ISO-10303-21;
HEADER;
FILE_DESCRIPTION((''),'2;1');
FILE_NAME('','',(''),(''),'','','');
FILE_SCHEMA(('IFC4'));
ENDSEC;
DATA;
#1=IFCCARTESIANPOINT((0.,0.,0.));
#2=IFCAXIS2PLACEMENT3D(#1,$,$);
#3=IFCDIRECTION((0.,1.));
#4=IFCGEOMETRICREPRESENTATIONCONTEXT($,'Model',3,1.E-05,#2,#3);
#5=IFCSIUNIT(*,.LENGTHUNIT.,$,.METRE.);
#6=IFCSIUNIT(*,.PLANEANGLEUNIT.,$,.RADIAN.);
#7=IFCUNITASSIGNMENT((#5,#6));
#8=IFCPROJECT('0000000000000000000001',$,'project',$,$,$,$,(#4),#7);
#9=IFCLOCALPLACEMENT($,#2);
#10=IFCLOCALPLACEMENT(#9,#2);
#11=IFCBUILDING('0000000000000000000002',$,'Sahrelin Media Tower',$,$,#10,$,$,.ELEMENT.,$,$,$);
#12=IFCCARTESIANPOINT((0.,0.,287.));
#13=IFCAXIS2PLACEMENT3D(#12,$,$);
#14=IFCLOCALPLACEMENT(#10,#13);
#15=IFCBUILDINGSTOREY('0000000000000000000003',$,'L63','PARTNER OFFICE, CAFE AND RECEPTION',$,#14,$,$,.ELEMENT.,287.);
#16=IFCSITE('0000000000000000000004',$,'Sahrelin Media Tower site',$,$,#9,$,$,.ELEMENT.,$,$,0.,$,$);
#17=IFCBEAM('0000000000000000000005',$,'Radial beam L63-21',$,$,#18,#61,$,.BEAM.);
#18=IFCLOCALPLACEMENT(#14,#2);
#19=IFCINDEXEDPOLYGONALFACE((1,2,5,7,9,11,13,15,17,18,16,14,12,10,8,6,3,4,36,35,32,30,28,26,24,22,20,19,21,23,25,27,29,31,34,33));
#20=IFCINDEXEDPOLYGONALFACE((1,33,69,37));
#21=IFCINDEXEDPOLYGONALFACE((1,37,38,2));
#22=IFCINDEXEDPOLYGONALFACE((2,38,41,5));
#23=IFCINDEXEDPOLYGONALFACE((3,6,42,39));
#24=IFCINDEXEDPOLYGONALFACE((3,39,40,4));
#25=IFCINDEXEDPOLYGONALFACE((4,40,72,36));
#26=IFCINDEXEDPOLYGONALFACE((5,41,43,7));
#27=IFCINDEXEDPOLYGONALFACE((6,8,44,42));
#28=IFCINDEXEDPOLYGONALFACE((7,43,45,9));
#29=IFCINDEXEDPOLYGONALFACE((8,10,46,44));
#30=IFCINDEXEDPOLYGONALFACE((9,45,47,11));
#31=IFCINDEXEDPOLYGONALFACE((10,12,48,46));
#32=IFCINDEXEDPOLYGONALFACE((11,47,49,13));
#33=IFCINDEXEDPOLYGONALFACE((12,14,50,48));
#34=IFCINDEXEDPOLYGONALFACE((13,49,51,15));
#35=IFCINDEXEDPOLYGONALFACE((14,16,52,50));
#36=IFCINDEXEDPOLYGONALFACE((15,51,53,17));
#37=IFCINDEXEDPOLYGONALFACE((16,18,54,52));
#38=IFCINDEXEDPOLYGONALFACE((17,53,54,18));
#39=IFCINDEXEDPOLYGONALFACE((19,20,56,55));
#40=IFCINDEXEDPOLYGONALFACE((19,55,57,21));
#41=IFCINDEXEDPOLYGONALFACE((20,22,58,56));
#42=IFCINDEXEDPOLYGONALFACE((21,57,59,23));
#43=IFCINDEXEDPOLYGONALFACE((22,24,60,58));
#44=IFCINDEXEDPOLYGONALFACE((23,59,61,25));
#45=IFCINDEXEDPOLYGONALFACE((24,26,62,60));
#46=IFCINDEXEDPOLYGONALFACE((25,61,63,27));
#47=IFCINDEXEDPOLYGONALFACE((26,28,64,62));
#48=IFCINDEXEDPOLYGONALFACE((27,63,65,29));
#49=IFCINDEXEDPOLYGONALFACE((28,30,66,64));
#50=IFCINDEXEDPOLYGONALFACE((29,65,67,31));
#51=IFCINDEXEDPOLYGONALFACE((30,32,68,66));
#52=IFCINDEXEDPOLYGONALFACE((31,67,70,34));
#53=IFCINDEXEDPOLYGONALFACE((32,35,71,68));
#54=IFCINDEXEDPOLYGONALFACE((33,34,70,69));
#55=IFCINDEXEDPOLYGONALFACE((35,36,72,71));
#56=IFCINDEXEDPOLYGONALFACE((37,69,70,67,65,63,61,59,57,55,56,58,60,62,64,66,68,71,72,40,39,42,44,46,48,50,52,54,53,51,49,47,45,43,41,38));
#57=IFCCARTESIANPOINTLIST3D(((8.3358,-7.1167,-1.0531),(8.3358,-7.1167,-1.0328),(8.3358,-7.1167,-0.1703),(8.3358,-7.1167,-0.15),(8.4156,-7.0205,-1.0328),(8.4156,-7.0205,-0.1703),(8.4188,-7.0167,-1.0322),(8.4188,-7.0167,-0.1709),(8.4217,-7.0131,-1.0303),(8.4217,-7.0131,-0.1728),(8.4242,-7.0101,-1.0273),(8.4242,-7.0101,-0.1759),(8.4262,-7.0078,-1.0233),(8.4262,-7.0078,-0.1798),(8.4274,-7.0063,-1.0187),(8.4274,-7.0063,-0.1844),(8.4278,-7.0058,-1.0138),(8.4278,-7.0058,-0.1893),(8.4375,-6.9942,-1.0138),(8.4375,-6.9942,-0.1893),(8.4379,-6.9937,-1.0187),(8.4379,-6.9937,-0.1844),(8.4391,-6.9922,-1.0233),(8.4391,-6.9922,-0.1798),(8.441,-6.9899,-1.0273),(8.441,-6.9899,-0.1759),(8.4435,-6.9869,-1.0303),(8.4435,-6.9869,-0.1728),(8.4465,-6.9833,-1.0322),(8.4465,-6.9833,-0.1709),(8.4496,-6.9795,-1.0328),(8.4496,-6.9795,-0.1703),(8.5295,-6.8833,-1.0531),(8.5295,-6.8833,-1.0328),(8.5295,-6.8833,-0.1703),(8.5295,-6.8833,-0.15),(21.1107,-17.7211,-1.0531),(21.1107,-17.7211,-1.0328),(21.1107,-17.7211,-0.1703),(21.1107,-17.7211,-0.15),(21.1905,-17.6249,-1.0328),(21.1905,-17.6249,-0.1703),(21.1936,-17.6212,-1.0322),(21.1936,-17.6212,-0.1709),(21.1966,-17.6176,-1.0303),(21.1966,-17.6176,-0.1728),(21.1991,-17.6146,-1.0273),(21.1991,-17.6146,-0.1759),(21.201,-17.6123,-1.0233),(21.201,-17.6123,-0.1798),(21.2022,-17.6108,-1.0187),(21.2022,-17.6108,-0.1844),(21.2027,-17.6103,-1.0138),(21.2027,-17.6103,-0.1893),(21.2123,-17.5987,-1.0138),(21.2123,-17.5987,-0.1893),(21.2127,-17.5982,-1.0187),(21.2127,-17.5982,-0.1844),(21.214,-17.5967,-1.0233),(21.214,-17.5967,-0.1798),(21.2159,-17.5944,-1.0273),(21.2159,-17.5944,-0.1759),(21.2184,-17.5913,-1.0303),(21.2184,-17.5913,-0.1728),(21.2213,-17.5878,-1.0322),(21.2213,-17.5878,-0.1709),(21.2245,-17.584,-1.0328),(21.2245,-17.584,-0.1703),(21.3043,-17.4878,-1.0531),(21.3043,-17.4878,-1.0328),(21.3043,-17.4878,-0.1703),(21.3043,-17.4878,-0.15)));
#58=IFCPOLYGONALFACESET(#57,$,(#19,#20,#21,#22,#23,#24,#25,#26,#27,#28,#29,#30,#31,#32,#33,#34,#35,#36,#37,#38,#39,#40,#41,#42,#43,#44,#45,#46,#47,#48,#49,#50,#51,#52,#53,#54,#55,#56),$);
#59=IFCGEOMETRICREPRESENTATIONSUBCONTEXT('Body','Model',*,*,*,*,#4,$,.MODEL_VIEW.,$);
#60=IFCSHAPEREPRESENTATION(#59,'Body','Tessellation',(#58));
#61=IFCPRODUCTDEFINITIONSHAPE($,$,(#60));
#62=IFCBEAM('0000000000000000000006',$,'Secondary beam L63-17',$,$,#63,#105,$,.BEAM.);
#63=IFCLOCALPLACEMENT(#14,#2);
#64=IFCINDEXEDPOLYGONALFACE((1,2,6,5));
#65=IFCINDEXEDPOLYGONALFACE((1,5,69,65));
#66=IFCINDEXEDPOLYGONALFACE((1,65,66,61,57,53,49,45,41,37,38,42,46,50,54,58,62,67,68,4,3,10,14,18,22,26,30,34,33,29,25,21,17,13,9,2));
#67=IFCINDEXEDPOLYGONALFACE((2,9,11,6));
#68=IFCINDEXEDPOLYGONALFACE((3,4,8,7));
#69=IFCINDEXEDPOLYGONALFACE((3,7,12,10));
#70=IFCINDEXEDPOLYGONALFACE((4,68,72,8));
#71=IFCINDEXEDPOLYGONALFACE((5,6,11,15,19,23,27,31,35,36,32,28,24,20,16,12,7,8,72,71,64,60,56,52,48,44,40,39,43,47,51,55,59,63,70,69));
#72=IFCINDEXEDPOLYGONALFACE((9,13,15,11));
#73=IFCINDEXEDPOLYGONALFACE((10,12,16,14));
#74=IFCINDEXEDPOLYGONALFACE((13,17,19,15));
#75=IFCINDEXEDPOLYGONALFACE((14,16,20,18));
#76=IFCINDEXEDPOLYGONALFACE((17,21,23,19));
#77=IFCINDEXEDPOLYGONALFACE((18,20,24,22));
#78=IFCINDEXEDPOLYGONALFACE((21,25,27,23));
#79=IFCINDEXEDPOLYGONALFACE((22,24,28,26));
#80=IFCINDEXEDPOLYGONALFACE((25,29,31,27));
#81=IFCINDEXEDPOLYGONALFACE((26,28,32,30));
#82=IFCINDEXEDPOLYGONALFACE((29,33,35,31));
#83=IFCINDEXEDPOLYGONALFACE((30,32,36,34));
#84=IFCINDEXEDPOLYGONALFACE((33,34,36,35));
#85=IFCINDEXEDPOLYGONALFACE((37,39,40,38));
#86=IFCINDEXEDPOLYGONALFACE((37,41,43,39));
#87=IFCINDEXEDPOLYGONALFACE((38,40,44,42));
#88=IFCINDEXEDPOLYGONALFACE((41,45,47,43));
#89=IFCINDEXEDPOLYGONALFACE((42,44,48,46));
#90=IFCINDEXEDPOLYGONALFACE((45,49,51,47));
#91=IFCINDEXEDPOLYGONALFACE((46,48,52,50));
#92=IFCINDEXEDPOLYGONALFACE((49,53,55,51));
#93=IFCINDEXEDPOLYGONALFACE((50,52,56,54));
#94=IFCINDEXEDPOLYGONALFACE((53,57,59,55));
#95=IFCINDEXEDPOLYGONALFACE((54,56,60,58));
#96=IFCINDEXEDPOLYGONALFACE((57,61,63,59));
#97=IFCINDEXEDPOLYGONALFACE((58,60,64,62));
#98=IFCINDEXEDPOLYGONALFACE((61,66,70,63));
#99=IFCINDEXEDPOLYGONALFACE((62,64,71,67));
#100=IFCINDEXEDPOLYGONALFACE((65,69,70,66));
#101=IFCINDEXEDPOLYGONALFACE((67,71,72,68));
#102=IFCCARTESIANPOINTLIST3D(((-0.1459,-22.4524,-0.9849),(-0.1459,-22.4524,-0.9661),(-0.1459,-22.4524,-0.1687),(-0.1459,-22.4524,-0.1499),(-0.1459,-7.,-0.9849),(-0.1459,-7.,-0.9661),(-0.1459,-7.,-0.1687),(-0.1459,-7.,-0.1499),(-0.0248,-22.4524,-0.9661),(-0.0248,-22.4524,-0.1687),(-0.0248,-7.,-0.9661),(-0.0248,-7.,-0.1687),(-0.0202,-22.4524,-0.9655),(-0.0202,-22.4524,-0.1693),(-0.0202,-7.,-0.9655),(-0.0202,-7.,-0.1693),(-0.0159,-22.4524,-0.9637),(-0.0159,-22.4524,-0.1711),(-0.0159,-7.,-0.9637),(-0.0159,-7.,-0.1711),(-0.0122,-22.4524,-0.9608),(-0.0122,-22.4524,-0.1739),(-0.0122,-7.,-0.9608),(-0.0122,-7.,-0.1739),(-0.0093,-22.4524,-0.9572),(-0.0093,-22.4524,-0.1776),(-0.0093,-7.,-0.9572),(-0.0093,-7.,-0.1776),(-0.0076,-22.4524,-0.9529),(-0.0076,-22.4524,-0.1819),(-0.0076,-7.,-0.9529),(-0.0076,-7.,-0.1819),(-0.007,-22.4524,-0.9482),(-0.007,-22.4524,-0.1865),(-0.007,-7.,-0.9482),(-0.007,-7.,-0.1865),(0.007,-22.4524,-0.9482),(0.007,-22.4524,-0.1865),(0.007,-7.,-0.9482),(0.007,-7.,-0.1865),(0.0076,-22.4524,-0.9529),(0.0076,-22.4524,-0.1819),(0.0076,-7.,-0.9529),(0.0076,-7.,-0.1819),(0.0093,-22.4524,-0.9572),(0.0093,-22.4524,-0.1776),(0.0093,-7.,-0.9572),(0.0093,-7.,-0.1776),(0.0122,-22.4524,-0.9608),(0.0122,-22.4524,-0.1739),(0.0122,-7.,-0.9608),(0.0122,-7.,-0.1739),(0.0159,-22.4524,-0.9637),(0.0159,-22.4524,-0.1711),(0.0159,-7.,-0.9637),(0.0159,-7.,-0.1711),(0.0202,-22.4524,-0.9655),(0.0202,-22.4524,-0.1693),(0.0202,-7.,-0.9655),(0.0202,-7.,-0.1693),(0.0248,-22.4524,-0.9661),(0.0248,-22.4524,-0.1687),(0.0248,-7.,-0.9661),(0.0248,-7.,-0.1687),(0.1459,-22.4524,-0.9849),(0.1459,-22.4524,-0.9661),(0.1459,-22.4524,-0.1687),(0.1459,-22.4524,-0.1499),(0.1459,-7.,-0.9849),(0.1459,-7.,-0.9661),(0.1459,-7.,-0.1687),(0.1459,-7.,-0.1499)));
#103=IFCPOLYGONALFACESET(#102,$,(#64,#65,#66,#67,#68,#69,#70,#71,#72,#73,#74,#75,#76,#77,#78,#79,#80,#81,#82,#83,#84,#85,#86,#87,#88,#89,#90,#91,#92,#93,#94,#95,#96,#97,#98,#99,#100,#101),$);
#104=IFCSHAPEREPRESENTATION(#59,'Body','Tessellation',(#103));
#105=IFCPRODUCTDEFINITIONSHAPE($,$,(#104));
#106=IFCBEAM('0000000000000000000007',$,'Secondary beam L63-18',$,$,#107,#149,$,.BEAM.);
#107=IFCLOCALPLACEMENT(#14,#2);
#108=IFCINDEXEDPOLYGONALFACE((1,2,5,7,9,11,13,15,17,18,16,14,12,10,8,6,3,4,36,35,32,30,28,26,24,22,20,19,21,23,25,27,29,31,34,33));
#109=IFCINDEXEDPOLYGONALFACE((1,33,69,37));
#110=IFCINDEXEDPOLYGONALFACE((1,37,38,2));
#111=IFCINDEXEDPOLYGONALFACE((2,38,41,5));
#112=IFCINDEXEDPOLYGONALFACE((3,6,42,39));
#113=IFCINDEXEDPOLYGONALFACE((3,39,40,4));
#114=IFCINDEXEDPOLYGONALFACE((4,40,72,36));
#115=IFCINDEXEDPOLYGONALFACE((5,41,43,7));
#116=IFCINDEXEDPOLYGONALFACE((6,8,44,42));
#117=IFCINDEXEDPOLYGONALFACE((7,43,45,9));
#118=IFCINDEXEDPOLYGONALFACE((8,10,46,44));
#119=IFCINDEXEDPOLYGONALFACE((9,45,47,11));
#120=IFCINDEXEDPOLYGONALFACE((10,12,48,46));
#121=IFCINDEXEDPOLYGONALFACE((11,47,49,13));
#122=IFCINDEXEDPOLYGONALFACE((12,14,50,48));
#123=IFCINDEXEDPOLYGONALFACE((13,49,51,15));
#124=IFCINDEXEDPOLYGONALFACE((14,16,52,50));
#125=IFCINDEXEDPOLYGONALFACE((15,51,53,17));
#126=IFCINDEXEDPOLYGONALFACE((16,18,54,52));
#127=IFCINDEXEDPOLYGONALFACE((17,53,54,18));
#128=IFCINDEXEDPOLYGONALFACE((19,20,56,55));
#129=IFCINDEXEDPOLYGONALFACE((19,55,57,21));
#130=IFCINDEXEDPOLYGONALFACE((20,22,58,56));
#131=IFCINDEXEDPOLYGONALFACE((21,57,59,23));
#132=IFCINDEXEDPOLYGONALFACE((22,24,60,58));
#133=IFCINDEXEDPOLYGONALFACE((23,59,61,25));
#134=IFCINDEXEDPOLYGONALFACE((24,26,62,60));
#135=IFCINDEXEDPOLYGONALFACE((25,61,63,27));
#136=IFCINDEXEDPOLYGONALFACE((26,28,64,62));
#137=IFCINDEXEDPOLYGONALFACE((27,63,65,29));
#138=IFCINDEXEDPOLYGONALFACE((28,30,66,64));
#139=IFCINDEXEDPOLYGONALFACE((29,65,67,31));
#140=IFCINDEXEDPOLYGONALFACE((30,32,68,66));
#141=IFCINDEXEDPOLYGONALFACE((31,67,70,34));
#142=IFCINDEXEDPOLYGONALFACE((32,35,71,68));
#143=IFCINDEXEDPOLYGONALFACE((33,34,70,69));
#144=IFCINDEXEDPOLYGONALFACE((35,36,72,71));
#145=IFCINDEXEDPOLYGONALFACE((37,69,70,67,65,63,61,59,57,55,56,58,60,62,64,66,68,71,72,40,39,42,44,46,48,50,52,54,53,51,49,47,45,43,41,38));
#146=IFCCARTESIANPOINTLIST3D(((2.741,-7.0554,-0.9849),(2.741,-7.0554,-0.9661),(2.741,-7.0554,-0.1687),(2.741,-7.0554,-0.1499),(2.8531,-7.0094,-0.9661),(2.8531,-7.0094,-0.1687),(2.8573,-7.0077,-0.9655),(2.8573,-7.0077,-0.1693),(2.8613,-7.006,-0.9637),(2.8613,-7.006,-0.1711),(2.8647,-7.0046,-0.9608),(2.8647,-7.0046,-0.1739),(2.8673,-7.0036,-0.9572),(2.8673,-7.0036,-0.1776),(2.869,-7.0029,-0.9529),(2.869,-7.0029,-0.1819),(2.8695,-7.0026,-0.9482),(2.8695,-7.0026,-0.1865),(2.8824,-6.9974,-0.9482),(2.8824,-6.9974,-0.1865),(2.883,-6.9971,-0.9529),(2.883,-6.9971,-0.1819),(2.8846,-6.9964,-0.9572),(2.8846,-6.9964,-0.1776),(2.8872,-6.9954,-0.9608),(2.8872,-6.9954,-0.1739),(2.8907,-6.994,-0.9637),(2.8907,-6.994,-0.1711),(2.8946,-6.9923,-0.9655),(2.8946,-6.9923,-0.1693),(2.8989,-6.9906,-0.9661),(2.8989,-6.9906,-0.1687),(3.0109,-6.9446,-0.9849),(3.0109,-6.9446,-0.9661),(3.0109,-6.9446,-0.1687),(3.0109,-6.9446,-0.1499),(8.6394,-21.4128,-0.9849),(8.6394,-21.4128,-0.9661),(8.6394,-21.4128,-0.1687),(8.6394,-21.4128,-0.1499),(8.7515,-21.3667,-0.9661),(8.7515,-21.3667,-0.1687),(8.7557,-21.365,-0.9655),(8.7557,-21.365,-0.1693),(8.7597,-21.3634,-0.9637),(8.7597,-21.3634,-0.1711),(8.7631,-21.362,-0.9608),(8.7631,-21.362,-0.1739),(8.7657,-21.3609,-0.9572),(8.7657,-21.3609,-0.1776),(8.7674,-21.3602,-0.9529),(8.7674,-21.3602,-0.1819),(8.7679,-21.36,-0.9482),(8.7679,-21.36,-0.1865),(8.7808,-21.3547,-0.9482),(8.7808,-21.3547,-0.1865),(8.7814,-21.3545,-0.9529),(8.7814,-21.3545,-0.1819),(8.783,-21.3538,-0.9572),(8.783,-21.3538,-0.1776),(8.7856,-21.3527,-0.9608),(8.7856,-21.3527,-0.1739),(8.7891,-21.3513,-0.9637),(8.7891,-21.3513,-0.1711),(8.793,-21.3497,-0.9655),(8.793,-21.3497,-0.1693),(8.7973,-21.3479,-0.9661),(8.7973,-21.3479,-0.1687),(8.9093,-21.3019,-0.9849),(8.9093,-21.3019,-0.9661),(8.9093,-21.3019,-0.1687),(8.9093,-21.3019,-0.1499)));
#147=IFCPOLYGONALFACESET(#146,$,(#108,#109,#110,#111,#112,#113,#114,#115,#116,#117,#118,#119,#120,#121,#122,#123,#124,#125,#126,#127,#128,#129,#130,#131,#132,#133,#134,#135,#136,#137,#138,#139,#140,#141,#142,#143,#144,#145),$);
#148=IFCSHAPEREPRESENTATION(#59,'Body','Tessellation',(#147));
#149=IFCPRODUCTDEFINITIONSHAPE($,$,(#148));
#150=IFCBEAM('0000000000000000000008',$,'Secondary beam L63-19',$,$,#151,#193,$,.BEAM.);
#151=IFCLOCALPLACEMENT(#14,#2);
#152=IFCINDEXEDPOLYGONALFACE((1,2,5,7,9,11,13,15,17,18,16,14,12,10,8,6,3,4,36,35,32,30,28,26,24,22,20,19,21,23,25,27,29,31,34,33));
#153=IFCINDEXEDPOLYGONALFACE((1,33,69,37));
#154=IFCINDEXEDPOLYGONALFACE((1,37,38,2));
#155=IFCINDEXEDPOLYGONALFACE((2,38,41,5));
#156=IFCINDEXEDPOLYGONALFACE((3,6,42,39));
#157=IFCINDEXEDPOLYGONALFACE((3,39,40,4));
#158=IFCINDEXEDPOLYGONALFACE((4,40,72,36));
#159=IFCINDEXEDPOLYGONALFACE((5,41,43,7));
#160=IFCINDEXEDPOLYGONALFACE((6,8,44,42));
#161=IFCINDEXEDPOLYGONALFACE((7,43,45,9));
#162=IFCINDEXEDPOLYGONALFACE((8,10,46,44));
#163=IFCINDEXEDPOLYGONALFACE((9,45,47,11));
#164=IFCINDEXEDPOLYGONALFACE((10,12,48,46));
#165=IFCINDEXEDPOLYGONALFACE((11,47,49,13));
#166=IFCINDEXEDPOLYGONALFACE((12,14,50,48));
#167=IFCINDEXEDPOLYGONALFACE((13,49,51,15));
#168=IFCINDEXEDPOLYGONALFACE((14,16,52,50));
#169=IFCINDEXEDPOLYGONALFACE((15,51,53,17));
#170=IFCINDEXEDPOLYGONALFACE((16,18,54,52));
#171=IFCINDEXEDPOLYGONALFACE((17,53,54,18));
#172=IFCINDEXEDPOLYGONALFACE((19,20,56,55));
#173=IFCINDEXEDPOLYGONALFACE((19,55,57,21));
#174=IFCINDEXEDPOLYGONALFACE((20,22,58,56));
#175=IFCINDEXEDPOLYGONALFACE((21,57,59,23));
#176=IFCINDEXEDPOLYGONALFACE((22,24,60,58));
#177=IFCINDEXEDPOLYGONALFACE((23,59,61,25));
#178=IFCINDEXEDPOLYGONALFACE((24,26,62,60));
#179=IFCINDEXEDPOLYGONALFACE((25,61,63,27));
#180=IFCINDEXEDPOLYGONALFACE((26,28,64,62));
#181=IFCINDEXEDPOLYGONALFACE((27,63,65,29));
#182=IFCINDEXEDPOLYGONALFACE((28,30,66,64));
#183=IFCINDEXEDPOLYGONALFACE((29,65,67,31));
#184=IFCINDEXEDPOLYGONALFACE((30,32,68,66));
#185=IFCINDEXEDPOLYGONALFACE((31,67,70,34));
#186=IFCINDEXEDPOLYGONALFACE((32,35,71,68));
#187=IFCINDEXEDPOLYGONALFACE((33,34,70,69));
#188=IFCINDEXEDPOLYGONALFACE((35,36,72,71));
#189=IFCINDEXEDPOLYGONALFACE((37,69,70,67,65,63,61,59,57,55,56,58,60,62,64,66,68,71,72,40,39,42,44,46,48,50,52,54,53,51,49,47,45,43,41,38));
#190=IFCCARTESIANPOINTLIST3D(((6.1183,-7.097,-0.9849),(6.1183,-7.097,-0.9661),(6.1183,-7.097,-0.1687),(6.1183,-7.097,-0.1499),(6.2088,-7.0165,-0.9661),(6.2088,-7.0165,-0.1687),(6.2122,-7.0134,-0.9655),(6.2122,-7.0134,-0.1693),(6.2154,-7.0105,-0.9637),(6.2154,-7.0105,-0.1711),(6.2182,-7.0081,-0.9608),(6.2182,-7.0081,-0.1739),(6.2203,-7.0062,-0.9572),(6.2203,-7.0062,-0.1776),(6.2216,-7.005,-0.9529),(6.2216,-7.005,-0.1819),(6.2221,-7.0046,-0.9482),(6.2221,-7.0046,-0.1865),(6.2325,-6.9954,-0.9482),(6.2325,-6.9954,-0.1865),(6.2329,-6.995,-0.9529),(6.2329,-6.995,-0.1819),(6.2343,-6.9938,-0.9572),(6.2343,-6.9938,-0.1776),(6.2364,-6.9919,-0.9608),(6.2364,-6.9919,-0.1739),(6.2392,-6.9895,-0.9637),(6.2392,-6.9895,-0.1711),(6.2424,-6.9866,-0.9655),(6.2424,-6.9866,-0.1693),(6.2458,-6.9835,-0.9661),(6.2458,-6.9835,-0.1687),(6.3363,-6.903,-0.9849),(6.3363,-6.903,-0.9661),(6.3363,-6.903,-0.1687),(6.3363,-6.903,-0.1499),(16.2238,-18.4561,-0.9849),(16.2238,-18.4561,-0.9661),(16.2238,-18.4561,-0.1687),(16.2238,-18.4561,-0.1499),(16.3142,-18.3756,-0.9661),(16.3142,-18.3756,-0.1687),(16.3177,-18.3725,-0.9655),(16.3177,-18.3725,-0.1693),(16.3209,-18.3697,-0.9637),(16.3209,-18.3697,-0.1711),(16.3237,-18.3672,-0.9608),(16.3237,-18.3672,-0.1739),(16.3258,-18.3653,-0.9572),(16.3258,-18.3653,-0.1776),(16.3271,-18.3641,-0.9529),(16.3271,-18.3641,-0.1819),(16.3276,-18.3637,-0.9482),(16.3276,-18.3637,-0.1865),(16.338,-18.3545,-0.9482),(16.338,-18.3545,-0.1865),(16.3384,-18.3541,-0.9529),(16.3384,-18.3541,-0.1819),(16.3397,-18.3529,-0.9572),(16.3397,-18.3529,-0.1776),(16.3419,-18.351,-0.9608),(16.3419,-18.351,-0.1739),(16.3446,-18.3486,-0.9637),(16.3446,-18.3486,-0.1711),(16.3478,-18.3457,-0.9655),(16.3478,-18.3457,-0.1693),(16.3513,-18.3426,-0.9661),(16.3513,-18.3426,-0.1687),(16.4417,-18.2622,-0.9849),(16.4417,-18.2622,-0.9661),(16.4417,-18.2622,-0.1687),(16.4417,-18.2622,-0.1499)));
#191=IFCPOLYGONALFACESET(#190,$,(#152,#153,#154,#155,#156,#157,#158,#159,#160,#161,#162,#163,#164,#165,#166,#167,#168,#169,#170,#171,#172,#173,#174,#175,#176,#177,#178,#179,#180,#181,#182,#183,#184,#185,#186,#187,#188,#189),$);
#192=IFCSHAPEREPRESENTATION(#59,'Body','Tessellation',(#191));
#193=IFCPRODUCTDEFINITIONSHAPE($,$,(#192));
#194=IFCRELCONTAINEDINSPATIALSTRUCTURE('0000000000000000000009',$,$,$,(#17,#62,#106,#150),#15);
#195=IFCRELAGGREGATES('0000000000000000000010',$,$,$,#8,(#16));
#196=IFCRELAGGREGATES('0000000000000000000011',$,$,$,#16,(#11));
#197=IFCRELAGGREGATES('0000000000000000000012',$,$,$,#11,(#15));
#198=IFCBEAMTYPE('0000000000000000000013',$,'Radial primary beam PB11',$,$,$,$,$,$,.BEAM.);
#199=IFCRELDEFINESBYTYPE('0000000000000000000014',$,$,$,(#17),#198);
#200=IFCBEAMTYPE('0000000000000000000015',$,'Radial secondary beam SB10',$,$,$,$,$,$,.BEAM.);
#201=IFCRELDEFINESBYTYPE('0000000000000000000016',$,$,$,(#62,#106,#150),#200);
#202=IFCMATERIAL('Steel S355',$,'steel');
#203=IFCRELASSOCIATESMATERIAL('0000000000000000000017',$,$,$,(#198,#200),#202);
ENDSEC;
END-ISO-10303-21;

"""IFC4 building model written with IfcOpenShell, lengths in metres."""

from ifc_helpers import new_model, si_unit, direction, frame, origin, origin_2d, place, context, subcontext, project, spatial, i_section, extrude, material, material_profile, profile_set, type_object, element, save


model = new_model("IFC4")

# Units and contexts
model_context = context("Model", 3, precision=1e-05, world=origin(), true_north=direction((0.0, 1.0)))
body_context = subcontext(model_context, "Body", "Model", "MODEL_VIEW")
ifc_project = project(units=[si_unit("LENGTHUNIT", "METRE"), si_unit("PLANEANGLEUNIT", "RADIAN")], contexts=[model_context])

# Site, building, storey
site_placement = place(None, origin())
site = spatial("IfcSite", under=ifc_project, at=site_placement, Name="Sahrelin Media Tower site", CompositionType="ELEMENT", RefElevation=0.0)
building_placement = place(site_placement, origin())
building = spatial("IfcBuilding", under=site, at=building_placement, Name="Sahrelin Media Tower", CompositionType="ELEMENT")
storey_placement = place(building_placement, frame((0.0, 0.0, 287.0)))
storey = spatial("IfcBuildingStorey", under=building, at=storey_placement, Name="L63", Description="PARTNER OFFICE, CAFE AND RECEPTION", CompositionType="ELEMENT", Elevation=287.0)

# Shared definitions
ifc_material_1 = material(Name="Steel S355", Category="steel")

# Beams
ifc_material_profile_1 = material_profile(ifc_material_1, i_section(OverallWidth=0.3032, OverallDepth=0.9031, WebThickness=0.0151, FlangeThickness=0.0203, FilletRadius=0.019, at=origin_2d()), Name="UB 914x305x201")
ifc_profile_set_1 = profile_set([ifc_material_profile_1], Name="Steel S355")
beam_type_1 = type_object("IfcBeamType", Name="Radial primary beam PB11", PredefinedType="BEAM", material=ifc_profile_set_1)
beam_1_placement = place(storey_placement, frame((8.4326, -7.0, -0.6016), z_axis=(0.769442, -0.638717, 0.0), x_axis=(0.638717, 0.769442, 0.0)))
element("IfcBeam", 1, at=beam_1_placement, inside=storey, type_object=beam_type_1, Name="Radial beam L63-21", PredefinedType="BEAM", context=body_context, shape_type="SweptSolid", body=[
    extrude(i_section(OverallWidth=0.3032, OverallDepth=0.9031, WebThickness=0.0151, FlangeThickness=0.0203, FilletRadius=0.019, at=origin_2d()), origin(), (0.0, 0.0, 1.0), 16.6028),
])
ifc_material_profile_2 = material_profile(ifc_material_1, i_section(OverallWidth=0.2917, OverallDepth=0.835, WebThickness=0.0139, FlangeThickness=0.0188, FilletRadius=0.0178, at=origin_2d()), Name="UB 838x292x176")
ifc_profile_set_2 = profile_set([ifc_material_profile_2], Name="Steel S355")
beam_type_2 = type_object("IfcBeamType", Name="Radial secondary beam SB10", PredefinedType="BEAM", material=ifc_profile_set_2)
beam_2_placement = place(storey_placement, frame((0.0, -7.0, -0.5674), z_axis=(0.0, -1.0, 0.0), x_axis=(1.0, 0.0, 0.0)))
element("IfcBeam", 2, at=beam_2_placement, inside=storey, type_object=beam_type_2, Name="Secondary beam L63-17", PredefinedType="BEAM", context=body_context, shape_type="SweptSolid", body=[
    extrude(i_section(OverallWidth=0.2917, OverallDepth=0.835, WebThickness=0.0139, FlangeThickness=0.0188, FilletRadius=0.0178, at=origin_2d()), origin(), (0.0, 0.0, 1.0), 15.4524),
])
beam_3_placement = place(storey_placement, frame((2.876, -7.0, -0.5674), z_axis=(0.380009, -0.924983, 0.0), x_axis=(0.924983, 0.380009, 0.0)))
element("IfcBeam", 3, at=beam_3_placement, inside=storey, type_object=beam_type_2, Name="Secondary beam L63-18", PredefinedType="BEAM", context=body_context, shape_type="SweptSolid", body=[
    extrude(i_section(OverallWidth=0.2917, OverallDepth=0.835, WebThickness=0.0139, FlangeThickness=0.0188, FilletRadius=0.0178, at=origin_2d()), origin(), (0.0, 0.0, 1.0), 15.5217),
])
beam_4_placement = place(storey_placement, frame((6.2273, -7.0, -0.5674), z_axis=(0.664675, -0.747133, 0.0), x_axis=(0.747133, 0.664675, 0.0)))
element("IfcBeam", 4, at=beam_4_placement, inside=storey, type_object=beam_type_2, Name="Secondary beam L63-19", PredefinedType="BEAM", context=body_context, shape_type="SweptSolid", body=[
    extrude(i_section(OverallWidth=0.2917, OverallDepth=0.835, WebThickness=0.0139, FlangeThickness=0.0188, FilletRadius=0.0178, at=origin_2d()), origin(), (0.0, 0.0, 1.0), 15.2036),
])

save(model, "model.ifc")
